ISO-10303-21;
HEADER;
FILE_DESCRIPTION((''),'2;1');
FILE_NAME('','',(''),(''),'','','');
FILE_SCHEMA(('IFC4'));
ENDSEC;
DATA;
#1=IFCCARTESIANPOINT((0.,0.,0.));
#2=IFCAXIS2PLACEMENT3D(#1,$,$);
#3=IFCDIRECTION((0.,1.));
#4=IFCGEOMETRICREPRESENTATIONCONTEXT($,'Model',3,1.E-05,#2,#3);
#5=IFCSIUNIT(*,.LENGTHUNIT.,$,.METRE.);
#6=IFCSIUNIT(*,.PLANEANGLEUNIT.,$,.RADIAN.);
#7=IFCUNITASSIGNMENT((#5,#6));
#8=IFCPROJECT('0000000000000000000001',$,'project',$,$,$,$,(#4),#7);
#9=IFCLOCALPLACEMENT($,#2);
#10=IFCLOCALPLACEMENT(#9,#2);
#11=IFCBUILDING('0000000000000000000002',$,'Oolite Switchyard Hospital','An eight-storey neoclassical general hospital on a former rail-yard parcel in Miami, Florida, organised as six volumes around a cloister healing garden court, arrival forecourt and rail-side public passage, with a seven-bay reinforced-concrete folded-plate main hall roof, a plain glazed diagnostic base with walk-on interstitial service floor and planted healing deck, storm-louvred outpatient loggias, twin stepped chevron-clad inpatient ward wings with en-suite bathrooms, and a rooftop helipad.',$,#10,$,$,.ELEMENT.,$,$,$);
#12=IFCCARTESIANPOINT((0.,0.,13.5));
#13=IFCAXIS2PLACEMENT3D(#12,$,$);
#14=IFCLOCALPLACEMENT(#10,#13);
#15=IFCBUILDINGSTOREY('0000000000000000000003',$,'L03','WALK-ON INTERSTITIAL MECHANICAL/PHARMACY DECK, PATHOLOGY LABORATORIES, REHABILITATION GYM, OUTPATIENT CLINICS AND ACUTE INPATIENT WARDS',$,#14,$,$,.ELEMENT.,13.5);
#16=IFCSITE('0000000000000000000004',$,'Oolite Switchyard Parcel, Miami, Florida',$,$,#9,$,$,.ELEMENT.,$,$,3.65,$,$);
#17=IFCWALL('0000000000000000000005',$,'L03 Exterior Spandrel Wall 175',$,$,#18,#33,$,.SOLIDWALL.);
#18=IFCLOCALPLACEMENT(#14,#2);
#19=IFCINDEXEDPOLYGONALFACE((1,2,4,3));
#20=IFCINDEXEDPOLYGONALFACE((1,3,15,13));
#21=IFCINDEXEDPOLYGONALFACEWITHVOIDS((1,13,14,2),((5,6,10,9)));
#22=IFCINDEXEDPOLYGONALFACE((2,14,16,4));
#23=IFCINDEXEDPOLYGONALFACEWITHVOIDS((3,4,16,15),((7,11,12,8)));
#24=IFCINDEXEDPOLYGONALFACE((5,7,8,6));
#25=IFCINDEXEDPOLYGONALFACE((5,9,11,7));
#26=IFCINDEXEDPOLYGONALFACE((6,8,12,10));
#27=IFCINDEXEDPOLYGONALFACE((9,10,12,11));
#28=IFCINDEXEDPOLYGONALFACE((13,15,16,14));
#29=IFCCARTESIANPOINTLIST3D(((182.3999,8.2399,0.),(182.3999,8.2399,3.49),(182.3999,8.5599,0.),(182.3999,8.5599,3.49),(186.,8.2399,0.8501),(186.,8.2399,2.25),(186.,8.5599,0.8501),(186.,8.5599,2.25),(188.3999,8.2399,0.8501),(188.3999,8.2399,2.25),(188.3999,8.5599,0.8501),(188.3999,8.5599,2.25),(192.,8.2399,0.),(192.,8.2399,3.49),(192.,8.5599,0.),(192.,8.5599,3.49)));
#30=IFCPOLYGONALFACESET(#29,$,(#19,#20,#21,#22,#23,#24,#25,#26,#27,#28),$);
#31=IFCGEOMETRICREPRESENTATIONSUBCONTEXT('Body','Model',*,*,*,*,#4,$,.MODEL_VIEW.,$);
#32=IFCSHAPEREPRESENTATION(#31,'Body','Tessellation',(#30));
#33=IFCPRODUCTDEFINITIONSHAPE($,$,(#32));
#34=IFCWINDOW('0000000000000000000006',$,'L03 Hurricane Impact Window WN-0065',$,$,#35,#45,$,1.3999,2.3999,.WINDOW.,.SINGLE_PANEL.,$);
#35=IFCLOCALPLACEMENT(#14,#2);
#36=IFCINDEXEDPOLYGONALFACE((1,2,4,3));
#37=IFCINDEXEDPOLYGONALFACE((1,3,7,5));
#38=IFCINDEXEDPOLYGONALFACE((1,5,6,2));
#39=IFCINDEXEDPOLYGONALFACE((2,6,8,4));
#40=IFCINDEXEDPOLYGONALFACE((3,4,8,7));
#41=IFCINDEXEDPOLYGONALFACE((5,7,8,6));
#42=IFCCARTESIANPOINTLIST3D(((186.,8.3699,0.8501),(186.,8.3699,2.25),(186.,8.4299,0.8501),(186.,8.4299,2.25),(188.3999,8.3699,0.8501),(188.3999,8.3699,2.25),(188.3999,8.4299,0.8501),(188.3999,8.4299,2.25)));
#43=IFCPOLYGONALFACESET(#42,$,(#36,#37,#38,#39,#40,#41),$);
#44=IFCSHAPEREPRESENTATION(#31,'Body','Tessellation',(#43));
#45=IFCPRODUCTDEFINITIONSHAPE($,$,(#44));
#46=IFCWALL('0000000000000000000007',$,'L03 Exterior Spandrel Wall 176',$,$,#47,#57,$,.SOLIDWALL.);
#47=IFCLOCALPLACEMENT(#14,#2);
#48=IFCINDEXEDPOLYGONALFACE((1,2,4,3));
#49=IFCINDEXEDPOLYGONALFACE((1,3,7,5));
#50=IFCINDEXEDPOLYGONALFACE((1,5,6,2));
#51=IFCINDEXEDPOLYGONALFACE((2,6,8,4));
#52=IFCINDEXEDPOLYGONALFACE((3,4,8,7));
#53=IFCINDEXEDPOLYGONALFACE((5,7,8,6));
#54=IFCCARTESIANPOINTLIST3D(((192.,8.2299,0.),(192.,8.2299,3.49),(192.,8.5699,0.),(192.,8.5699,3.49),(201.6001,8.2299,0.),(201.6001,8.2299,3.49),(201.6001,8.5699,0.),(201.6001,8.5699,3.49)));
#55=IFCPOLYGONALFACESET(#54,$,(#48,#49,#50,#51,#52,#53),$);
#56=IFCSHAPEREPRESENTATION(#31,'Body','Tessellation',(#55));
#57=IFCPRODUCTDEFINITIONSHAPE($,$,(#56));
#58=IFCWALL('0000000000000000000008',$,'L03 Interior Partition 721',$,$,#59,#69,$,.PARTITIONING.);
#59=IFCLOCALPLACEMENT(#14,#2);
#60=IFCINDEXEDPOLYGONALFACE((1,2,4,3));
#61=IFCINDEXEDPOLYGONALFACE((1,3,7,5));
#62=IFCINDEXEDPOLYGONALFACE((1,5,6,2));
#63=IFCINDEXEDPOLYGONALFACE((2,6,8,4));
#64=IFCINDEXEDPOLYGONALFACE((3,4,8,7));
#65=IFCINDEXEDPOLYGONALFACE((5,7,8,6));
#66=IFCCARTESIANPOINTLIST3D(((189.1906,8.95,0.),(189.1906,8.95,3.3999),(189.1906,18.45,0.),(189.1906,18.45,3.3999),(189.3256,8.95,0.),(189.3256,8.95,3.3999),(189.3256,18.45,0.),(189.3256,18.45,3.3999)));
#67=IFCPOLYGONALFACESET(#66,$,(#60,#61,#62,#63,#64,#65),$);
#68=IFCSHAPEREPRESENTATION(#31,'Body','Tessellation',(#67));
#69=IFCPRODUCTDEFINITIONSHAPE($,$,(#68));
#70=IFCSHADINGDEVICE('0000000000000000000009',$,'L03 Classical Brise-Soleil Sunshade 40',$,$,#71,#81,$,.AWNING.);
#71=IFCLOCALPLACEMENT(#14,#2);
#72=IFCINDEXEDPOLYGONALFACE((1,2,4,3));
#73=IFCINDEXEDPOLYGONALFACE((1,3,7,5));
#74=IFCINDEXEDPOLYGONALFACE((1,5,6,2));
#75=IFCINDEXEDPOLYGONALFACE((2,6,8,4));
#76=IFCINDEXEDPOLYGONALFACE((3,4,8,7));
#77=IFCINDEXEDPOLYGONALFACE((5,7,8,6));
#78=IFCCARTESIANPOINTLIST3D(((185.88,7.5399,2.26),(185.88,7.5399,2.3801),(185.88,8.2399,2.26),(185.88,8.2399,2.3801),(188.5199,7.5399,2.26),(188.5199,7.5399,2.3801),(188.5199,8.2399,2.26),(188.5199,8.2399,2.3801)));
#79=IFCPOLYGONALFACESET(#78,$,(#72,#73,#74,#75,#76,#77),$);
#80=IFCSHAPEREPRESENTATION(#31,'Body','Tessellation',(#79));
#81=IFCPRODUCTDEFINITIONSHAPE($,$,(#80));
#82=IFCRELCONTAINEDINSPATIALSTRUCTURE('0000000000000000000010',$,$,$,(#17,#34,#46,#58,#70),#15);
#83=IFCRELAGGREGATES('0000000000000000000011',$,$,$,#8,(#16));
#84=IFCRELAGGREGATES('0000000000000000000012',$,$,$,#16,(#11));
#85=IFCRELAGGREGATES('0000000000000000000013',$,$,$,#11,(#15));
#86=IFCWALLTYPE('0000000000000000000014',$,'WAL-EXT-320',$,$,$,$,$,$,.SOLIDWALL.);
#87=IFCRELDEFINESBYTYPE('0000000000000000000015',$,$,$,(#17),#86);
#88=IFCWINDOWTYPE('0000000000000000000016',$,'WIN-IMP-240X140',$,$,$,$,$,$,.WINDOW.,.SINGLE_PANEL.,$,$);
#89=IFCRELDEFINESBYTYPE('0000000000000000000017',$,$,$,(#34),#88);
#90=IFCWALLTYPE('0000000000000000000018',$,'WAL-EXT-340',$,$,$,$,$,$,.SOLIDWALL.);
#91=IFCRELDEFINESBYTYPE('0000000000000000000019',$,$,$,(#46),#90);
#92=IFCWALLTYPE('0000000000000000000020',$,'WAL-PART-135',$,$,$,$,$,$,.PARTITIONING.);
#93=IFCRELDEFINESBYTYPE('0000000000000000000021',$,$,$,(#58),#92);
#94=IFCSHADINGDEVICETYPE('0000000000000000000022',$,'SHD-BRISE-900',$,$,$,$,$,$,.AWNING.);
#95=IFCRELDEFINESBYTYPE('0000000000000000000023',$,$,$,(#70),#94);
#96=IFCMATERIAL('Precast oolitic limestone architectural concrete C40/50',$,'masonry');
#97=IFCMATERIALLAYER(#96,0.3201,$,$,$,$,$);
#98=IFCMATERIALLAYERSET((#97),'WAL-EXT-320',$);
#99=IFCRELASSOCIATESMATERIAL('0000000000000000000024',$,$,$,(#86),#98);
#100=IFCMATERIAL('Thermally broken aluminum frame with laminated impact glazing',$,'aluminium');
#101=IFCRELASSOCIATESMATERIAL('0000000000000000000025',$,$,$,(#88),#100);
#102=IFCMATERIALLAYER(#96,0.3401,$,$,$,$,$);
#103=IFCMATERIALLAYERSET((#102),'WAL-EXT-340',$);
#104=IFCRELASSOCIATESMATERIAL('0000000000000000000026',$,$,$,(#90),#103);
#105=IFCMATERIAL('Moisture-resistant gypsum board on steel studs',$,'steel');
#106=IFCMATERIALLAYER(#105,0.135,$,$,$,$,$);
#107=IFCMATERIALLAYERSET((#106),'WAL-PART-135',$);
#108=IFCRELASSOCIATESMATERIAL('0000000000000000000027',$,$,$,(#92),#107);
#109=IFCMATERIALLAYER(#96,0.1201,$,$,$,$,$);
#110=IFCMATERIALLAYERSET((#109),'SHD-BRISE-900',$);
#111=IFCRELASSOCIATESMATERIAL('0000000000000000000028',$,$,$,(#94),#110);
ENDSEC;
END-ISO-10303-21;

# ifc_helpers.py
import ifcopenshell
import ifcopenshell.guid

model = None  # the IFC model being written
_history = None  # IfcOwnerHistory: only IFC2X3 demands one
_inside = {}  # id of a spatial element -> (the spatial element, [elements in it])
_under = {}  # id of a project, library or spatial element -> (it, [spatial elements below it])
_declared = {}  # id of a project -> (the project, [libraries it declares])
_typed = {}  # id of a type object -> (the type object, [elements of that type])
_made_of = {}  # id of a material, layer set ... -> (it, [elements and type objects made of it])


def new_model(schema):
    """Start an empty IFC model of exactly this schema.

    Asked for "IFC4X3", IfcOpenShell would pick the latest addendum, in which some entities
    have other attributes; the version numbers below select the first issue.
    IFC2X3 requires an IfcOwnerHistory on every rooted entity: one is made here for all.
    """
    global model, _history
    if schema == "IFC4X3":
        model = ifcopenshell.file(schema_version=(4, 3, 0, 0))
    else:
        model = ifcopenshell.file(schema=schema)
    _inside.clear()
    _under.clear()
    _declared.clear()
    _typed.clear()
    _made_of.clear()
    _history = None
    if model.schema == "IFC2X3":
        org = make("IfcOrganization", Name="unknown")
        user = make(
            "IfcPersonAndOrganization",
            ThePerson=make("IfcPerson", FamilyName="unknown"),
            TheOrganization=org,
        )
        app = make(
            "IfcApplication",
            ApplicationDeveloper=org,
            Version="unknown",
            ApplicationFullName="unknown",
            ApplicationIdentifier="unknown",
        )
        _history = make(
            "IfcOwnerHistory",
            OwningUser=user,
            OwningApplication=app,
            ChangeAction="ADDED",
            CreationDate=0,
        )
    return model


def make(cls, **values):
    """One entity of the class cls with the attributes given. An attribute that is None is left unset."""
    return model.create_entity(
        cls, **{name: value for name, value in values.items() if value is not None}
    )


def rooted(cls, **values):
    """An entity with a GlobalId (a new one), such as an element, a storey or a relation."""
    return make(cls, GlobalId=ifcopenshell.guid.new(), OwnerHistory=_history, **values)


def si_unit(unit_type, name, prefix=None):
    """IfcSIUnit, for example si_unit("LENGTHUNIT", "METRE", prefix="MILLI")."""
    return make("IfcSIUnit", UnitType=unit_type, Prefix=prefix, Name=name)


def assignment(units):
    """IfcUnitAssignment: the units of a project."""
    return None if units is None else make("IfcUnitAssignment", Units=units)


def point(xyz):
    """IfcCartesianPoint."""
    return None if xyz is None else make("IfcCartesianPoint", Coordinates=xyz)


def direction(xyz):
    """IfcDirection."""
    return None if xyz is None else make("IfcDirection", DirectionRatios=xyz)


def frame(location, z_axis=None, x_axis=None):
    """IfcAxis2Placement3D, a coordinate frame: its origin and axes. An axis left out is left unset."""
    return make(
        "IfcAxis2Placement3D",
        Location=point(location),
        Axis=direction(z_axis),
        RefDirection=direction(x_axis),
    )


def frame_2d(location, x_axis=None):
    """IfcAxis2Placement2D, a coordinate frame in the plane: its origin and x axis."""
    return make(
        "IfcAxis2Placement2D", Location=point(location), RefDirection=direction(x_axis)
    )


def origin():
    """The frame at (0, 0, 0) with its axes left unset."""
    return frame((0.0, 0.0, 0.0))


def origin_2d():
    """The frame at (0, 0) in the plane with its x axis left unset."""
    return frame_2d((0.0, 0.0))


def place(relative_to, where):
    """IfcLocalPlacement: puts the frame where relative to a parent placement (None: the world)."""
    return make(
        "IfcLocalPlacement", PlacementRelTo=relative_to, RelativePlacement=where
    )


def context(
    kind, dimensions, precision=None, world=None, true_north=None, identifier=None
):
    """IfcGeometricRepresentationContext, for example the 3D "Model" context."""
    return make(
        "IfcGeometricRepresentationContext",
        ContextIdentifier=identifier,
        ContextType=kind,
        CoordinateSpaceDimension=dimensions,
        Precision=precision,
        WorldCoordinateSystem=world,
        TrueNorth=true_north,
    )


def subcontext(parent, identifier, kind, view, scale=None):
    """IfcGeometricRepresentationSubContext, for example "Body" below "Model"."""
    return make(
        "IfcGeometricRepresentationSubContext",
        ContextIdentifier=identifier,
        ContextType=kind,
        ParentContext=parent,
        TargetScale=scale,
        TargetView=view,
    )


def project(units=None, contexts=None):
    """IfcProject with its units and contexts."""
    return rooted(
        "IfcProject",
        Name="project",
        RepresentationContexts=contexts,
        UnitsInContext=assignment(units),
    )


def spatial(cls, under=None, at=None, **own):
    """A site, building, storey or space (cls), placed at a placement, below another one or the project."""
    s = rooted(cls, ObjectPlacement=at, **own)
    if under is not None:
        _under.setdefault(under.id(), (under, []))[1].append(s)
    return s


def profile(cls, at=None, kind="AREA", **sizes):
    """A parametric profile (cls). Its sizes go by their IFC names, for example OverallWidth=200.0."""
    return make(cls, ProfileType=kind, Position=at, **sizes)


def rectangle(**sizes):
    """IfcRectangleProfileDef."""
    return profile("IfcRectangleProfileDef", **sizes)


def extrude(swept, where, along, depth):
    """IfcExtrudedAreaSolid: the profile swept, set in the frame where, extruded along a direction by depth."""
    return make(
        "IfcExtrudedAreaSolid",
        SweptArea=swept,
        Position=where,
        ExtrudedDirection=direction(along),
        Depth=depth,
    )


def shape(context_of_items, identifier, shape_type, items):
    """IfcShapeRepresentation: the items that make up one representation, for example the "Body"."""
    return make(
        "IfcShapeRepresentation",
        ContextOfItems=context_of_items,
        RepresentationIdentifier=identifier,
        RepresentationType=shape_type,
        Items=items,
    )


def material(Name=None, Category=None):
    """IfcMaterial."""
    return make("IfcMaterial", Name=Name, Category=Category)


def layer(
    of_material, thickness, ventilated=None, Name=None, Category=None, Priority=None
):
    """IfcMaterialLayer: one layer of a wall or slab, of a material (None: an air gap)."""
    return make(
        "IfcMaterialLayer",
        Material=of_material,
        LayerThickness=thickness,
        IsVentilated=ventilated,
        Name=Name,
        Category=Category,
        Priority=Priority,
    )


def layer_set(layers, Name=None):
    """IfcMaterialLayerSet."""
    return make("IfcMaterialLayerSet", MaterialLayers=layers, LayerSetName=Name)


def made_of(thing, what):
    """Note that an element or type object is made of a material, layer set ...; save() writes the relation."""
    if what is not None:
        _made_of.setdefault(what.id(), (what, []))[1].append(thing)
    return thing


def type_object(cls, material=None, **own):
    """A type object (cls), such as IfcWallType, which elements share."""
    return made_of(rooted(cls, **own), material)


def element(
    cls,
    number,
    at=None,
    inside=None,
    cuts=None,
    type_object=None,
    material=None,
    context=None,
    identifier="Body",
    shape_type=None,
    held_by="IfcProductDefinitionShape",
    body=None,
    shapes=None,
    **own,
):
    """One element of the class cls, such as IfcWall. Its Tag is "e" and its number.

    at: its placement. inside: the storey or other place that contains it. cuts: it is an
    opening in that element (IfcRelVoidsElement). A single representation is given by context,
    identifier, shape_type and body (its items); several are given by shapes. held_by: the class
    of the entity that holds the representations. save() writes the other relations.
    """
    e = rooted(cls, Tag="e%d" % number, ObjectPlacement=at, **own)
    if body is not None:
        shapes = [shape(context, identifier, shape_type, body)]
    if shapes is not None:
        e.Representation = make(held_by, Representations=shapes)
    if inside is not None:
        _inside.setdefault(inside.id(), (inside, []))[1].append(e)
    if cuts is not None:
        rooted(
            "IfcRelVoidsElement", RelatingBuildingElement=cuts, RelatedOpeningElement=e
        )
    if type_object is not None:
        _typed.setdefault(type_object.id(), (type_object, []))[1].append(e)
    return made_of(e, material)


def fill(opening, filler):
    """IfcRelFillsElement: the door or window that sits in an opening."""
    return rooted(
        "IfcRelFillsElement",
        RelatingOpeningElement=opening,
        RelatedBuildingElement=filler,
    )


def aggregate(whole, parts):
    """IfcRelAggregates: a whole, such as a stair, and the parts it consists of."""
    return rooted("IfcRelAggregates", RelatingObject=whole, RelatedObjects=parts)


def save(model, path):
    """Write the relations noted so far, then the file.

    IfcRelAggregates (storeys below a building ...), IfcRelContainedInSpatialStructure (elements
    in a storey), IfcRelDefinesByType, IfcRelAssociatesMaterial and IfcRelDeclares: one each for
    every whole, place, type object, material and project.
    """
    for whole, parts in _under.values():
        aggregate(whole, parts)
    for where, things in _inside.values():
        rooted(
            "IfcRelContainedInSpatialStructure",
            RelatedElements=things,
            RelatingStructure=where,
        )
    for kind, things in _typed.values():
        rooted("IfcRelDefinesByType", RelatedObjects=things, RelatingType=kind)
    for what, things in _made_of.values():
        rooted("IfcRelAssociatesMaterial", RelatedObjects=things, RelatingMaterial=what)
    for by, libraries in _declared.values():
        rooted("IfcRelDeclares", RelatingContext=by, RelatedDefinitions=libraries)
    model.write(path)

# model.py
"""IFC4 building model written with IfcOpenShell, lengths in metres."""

from ifc_helpers import new_model, si_unit, direction, frame, frame_2d, origin, origin_2d, place, context, subcontext, project, spatial, rectangle, extrude, material, layer, layer_set, type_object, element, fill, save


model = new_model("IFC4")

# Units and contexts
model_context = context("Model", 3, precision=1e-05, world=origin(), true_north=direction((0.0, 1.0)))
body_context = subcontext(model_context, "Body", "Model", "MODEL_VIEW")
ifc_project = project(units=[si_unit("LENGTHUNIT", "METRE"), si_unit("PLANEANGLEUNIT", "RADIAN")], contexts=[model_context])

# Site, building, storey
site_placement = place(None, origin())
site = spatial("IfcSite", under=ifc_project, at=site_placement, Name="Oolite Switchyard Parcel, Miami, Florida", CompositionType="ELEMENT", RefElevation=3.65)
building_placement = place(site_placement, origin())
building = spatial("IfcBuilding", under=site, at=building_placement, Name="Oolite Switchyard Hospital", Description="An eight-storey neoclassical general hospital on a former rail-yard parcel in Miami, Florida, organised as six volumes around a cloister healing garden court, arrival forecourt and rail-side public passage, with a seven-bay reinforced-concrete folded-plate main hall roof, a plain glazed diagnostic base with walk-on interstitial service floor and planted healing deck, storm-louvred outpatient loggias, twin stepped chevron-clad inpatient ward wings with en-suite bathrooms, and a rooftop helipad.", CompositionType="ELEMENT")
storey_placement = place(building_placement, frame((0.0, 0.0, 13.5)))
storey = spatial("IfcBuildingStorey", under=building, at=storey_placement, Name="L03", Description="WALK-ON INTERSTITIAL MECHANICAL/PHARMACY DECK, PATHOLOGY LABORATORIES, REHABILITATION GYM, OUTPATIENT CLINICS AND ACUTE INPATIENT WARDS", CompositionType="ELEMENT", Elevation=13.5)

# Shared definitions
ifc_material_1 = material(Name="Thermally broken aluminum frame with laminated impact glazing", Category="aluminium")

# Shared definitions
ifc_material_2 = material(Name="Precast oolitic limestone architectural concrete C40/50", Category="masonry")

# Wall, opening, window
ifc_layer_1 = layer(ifc_material_2, 0.3201)
ifc_layer_set_1 = layer_set([ifc_layer_1], Name="WAL-EXT-320")
wall_type_1 = type_object("IfcWallType", Name="WAL-EXT-320", PredefinedType="SOLIDWALL", material=ifc_layer_set_1)
wall_1_placement = place(storey_placement, frame((192.0, 8.3999, 0.0), z_axis=(0.0, 0.0, 1.0), x_axis=(-1.0, 0.0, 0.0)))
wall_1 = element("IfcWall", 1, at=wall_1_placement, inside=storey, type_object=wall_type_1, Name="L03 Exterior Spandrel Wall 175", PredefinedType="SOLIDWALL", context=body_context, shape_type="SweptSolid", body=[
    extrude(rectangle(XDim=9.6001, YDim=0.3201, at=frame_2d((4.8, 0.0))), origin(), (0.0, 0.0, 1.0), 3.49),
])
opening_placement = place(wall_1_placement, frame((3.6001, 0.0, 0.8501)))
opening = element("IfcOpeningElement", 2, at=opening_placement, cuts=wall_1, PredefinedType="OPENING", context=body_context, shape_type="SweptSolid", body=[
    extrude(rectangle(XDim=2.3999, YDim=1.3999, at=frame_2d((1.2, 0.7))), frame((0.0, 0.1699, 0.0), z_axis=(0.0, -1.0, 0.0), x_axis=(1.0, 0.0, 0.0)), (0.0, 0.0, 1.0), 0.3401),
])
window_type = type_object("IfcWindowType", Name="WIN-IMP-240X140", PartitioningType="SINGLE_PANEL", PredefinedType="WINDOW", material=ifc_material_1)
window_placement = place(opening_placement, origin())
window = element("IfcWindow", 3, at=window_placement, inside=storey, type_object=window_type, Name="L03 Hurricane Impact Window WN-0065", OverallHeight=1.3999, OverallWidth=2.3999, PartitioningType="SINGLE_PANEL", PredefinedType="WINDOW", context=body_context, shape_type="SweptSolid", body=[
    extrude(rectangle(XDim=2.3999, YDim=1.3999, at=frame_2d((1.2, 0.7))), frame((0.0, 0.03, 0.0), z_axis=(0.0, -1.0, 0.0), x_axis=(1.0, 0.0, 0.0)), (0.0, 0.0, 1.0), 0.0601),
])
fill(opening, window)

# Walls
ifc_layer_2 = layer(ifc_material_2, 0.3401)
ifc_layer_set_2 = layer_set([ifc_layer_2], Name="WAL-EXT-340")
wall_type_2 = type_object("IfcWallType", Name="WAL-EXT-340", PredefinedType="SOLIDWALL", material=ifc_layer_set_2)
wall_2_placement = place(storey_placement, frame((201.6001, 8.3999, 0.0), z_axis=(0.0, 0.0, 1.0), x_axis=(-1.0, 0.0, 0.0)))
element("IfcWall", 4, at=wall_2_placement, inside=storey, type_object=wall_type_2, Name="L03 Exterior Spandrel Wall 176", PredefinedType="SOLIDWALL", context=body_context, shape_type="SweptSolid", body=[
    extrude(rectangle(XDim=9.6001, YDim=0.3401, at=frame_2d((4.8, 0.0))), origin(), (0.0, 0.0, 1.0), 3.49),
])
ifc_material_3 = material(Name="Moisture-resistant gypsum board on steel studs", Category="steel")
ifc_layer_3 = layer(ifc_material_3, 0.135)
ifc_layer_set_3 = layer_set([ifc_layer_3], Name="WAL-PART-135")
wall_type_3 = type_object("IfcWallType", Name="WAL-PART-135", PredefinedType="PARTITIONING", material=ifc_layer_set_3)
wall_3_placement = place(storey_placement, frame((189.2581, 8.95, 0.0), z_axis=(0.0, 0.0, 1.0), x_axis=(0.0, 1.0, 0.0)))
element("IfcWall", 5, at=wall_3_placement, inside=storey, type_object=wall_type_3, Name="L03 Interior Partition 721", PredefinedType="PARTITIONING", context=body_context, shape_type="SweptSolid", body=[
    extrude(rectangle(XDim=9.5, YDim=0.135, at=frame_2d((4.75, 0.0))), origin(), (0.0, 0.0, 1.0), 3.3999),
])

# Shading device
ifc_layer_4 = layer(ifc_material_2, 0.1201)
ifc_layer_set_4 = layer_set([ifc_layer_4], Name="SHD-BRISE-900")
shading_device_type = type_object("IfcShadingDeviceType", Name="SHD-BRISE-900", PredefinedType="AWNING", material=ifc_layer_set_4)
shading_device_placement = place(storey_placement, frame((187.2, 7.8899, 2.26), z_axis=(0.0, 0.0, 1.0), x_axis=(1.0, 0.0, 0.0)))
element("IfcShadingDevice", 6, at=shading_device_placement, inside=storey, type_object=shading_device_type, Name="L03 Classical Brise-Soleil Sunshade 40", PredefinedType="AWNING", context=body_context, shape_type="SweptSolid", body=[
    extrude(rectangle(XDim=2.6399, YDim=0.7, at=origin_2d()), origin(), (0.0, 0.0, 1.0), 0.1201),
])

save(model, "model.ifc")
